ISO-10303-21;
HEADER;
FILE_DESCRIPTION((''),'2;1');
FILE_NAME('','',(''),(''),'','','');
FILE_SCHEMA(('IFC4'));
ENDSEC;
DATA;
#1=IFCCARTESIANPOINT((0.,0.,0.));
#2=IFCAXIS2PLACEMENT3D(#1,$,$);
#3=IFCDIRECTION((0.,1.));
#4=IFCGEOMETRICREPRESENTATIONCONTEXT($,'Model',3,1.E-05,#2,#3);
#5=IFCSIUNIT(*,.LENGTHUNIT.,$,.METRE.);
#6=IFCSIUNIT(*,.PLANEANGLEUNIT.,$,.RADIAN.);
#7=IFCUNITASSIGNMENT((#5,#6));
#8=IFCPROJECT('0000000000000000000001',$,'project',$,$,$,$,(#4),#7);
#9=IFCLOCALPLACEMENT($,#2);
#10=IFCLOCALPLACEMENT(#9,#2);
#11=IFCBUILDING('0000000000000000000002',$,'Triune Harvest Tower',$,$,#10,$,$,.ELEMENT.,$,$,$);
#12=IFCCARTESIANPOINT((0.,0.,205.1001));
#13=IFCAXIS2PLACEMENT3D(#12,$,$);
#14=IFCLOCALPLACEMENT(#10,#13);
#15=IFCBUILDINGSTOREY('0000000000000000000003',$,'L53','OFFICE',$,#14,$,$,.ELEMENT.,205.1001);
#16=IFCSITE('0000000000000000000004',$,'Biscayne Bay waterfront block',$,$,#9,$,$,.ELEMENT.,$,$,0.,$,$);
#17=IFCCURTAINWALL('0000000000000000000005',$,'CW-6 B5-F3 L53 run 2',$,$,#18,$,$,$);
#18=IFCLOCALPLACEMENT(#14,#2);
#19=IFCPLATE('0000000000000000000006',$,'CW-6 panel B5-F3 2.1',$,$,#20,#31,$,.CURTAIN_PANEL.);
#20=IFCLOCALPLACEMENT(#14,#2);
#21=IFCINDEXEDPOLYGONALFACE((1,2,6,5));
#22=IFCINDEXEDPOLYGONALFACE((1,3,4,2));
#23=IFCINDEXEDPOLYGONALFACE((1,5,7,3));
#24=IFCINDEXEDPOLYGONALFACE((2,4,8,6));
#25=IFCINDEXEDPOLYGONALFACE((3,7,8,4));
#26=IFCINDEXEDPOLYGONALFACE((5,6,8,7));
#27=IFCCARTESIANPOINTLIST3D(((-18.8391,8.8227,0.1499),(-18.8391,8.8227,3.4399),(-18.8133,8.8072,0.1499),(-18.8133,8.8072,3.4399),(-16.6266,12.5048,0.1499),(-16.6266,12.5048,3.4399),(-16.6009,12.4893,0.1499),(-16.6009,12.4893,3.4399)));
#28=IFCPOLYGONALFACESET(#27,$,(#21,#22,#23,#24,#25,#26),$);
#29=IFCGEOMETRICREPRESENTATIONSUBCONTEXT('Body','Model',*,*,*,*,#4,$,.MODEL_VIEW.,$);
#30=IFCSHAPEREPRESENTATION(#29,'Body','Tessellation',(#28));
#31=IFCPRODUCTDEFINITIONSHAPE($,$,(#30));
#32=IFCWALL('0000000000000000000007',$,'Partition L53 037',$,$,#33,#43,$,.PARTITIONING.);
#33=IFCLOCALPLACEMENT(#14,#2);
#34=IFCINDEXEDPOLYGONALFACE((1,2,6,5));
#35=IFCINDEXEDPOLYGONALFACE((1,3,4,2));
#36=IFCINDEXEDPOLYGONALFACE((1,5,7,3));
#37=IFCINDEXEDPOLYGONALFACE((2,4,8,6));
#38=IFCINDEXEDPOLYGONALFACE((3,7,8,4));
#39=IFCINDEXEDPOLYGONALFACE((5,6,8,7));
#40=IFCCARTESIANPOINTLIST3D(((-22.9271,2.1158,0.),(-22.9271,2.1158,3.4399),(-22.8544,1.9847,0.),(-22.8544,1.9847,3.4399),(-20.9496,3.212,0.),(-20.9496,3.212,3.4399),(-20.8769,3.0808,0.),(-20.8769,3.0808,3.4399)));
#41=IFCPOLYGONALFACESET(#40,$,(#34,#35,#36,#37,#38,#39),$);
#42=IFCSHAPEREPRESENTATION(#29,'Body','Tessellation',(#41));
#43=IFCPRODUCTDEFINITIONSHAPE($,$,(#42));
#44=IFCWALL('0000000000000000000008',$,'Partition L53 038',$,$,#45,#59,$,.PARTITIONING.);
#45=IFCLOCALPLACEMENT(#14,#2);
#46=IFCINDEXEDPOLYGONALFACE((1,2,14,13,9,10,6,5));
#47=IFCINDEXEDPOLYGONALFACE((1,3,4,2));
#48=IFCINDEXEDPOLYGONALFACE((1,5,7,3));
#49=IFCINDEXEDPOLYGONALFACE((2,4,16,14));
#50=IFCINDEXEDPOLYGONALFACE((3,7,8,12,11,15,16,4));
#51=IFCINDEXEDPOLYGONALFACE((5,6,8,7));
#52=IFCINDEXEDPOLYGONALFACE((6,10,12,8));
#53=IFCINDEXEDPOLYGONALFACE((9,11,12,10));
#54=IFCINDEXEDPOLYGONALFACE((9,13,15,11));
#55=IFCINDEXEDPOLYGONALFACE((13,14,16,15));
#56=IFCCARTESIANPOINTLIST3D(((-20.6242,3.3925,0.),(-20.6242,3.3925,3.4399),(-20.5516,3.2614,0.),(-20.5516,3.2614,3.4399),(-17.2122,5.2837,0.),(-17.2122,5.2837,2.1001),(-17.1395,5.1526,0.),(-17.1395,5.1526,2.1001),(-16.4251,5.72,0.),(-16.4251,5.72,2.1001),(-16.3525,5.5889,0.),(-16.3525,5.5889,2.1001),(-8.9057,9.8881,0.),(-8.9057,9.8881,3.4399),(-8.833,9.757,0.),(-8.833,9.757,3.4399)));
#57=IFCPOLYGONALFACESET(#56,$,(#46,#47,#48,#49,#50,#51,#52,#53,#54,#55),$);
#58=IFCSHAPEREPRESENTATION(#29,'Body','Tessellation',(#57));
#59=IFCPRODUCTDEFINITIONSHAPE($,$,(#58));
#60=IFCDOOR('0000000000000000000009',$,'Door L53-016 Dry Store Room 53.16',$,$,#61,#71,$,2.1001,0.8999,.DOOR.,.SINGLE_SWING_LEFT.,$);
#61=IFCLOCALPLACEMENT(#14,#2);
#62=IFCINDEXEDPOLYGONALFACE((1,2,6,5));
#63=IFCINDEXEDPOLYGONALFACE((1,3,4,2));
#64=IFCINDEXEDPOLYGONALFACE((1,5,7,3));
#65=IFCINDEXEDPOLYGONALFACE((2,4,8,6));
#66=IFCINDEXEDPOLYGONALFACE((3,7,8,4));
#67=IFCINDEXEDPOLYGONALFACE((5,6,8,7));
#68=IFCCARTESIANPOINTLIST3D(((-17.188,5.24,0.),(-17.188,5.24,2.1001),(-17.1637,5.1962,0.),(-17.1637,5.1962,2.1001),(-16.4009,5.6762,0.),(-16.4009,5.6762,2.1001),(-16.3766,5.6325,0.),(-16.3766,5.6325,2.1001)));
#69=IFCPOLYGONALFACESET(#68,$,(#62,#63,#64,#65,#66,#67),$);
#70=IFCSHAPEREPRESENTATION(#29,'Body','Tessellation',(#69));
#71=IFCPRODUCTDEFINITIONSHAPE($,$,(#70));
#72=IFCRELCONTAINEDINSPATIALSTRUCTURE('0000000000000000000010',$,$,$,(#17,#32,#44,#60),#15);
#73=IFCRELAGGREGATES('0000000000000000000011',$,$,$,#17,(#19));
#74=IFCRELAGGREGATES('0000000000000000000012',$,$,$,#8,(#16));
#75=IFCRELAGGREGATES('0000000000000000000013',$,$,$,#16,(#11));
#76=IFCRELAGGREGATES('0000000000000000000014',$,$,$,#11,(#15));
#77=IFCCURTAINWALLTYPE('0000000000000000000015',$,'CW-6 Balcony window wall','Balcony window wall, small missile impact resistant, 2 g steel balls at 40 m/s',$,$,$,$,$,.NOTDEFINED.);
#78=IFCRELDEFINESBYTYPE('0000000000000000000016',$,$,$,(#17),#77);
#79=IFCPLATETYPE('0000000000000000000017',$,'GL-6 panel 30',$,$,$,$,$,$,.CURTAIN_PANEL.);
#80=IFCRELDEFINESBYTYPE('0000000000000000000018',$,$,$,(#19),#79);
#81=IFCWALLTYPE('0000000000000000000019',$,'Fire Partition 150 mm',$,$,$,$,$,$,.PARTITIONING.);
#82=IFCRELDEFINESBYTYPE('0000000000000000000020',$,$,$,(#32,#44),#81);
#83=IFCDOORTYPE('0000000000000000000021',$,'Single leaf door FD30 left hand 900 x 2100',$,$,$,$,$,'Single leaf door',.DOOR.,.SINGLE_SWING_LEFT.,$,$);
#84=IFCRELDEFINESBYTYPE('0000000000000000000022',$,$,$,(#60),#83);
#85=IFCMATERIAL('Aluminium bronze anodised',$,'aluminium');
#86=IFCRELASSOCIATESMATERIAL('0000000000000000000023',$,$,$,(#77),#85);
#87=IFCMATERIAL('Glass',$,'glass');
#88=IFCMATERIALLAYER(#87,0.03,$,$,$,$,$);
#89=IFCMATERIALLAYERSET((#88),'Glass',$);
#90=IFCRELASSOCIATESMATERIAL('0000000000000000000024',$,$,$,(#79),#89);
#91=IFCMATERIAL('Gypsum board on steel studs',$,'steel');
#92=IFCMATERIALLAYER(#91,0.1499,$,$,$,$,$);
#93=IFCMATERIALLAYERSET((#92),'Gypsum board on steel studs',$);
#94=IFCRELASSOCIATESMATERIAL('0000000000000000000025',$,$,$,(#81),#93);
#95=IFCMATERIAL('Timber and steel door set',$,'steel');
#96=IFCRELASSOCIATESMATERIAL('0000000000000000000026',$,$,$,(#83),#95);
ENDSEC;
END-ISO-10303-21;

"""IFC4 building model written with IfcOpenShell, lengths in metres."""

from ifc_helpers import new_model, si_unit, direction, frame, frame_2d, origin, origin_2d, place, context, subcontext, project, spatial, rectangle, extrude, source, transform, mapped, material, layer, layer_set, type_object, element, fill, aggregate, save


model = new_model("IFC4")

# Units and contexts
model_context = context("Model", 3, precision=1e-05, world=origin(), true_north=direction((0.0, 1.0)))
body_context = subcontext(model_context, "Body", "Model", "MODEL_VIEW")
ifc_project = project(units=[si_unit("LENGTHUNIT", "METRE"), si_unit("PLANEANGLEUNIT", "RADIAN")], contexts=[model_context])

# Site, building, storey
site_placement = place(None, origin())
site = spatial("IfcSite", under=ifc_project, at=site_placement, Name="Biscayne Bay waterfront block", CompositionType="ELEMENT", RefElevation=0.0)
building_placement = place(site_placement, origin())
building = spatial("IfcBuilding", under=site, at=building_placement, Name="Triune Harvest Tower", CompositionType="ELEMENT")
storey_placement = place(building_placement, frame((0.0, 0.0, 205.1001)))
storey = spatial("IfcBuildingStorey", under=building, at=storey_placement, Name="L53", Description="OFFICE", CompositionType="ELEMENT", Elevation=205.1001)

# Curtain wall
ifc_material_1 = material(Name="Aluminium bronze anodised", Category="aluminium")
curtain_wall_type_1 = type_object("IfcCurtainWallType", Name="CW-6 Balcony window wall", Description="Balcony window wall, small missile impact resistant, 2 g steel balls at 40 m/s", PredefinedType="NOTDEFINED", material=ifc_material_1)
curtain_wall_1_placement = place(storey_placement, origin())
curtain_wall_1 = element("IfcCurtainWall", 1, at=curtain_wall_1_placement, inside=storey, type_object=curtain_wall_type_1, Name="CW-6 B5-F3 L53 run 2")

# Plate
ifc_material_2 = material(Name="Glass", Category="glass")
ifc_layer_1 = layer(ifc_material_2, 0.03)
ifc_layer_set_1 = layer_set([ifc_layer_1], Name="Glass")
plate_type_1 = type_object("IfcPlateType", Name="GL-6 panel 30", PredefinedType="CURTAIN_PANEL", material=ifc_layer_set_1)
shared_shape_1 = source(origin(), body_context, "Body", "SweptSolid", [
    extrude(rectangle(XDim=4.2957, YDim=0.03, at=origin_2d()), origin(), (0.0, 0.0, 1.0), 3.29),
])
plate_1_placement = place(storey_placement, frame((-17.72, 10.656, 0.1499), z_axis=(0.0, 0.0, 1.0), x_axis=(-0.515047, -0.857162, 0.0)))
plate_1 = element("IfcPlate", 2, at=plate_1_placement, type_object=plate_type_1, Name="CW-6 panel B5-F3 2.1", PredefinedType="CURTAIN_PANEL", context=body_context, shape_type="MappedRepresentation", body=[
    mapped(shared_shape_1, transform((0.0, 0.0, 0.0), scale=1.0)),
])
aggregate(curtain_wall_1, [plate_1])

# Wall
ifc_material_3 = material(Name="Gypsum board on steel studs", Category="steel")
ifc_layer_2 = layer(ifc_material_3, 0.1499)
ifc_layer_set_2 = layer_set([ifc_layer_2], Name="Gypsum board on steel studs")
wall_type_1 = type_object("IfcWallType", Name="Fire Partition 150 mm", PredefinedType="PARTITIONING", material=ifc_layer_set_2)
shared_shape_2 = source(origin(), body_context, "Body", "SweptSolid", [
    extrude(rectangle(XDim=2.261, YDim=0.1499, at=frame_2d((1.1304, 0.0))), origin(), (0.0, 0.0, 1.0), 3.4399),
])
wall_1_placement = place(storey_placement, frame((-22.8906, 2.0503, 0.0), z_axis=(0.0, 0.0, 1.0), x_axis=(0.874615, 0.484818, 0.0)))
element("IfcWall", 3, at=wall_1_placement, inside=storey, type_object=wall_type_1, Name="Partition L53 037", PredefinedType="PARTITIONING", context=body_context, shape_type="MappedRepresentation", body=[
    mapped(shared_shape_2, transform((0.0, 0.0, 0.0), scale=1.0)),
])

# Wall, opening, door
shared_shape_3 = source(origin(), body_context, "Body", "SweptSolid", [
    extrude(rectangle(XDim=13.3984, YDim=0.1499, at=frame_2d((6.6992, 0.0))), origin(), (0.0, 0.0, 1.0), 3.4399),
])
wall_2_placement = place(storey_placement, frame((-20.5879, 3.3269, 0.0), z_axis=(0.0, 0.0, 1.0), x_axis=(0.874622, 0.484806, 0.0)))
wall_2 = element("IfcWall", 4, at=wall_2_placement, inside=storey, type_object=wall_type_1, Name="Partition L53 038", PredefinedType="PARTITIONING", context=body_context, shape_type="MappedRepresentation", body=[
    mapped(shared_shape_3, transform((0.0, 0.0, 0.0), scale=1.0)),
])
opening_1_placement = place(wall_2_placement, frame((3.9011, 0.0, 0.0)))
opening_1 = element("IfcOpeningElement", 5, at=opening_1_placement, cuts=wall_2, PredefinedType="OPENING", context=body_context, shape_type="SweptSolid", body=[
    extrude(rectangle(XDim=0.8999, YDim=2.1001, at=frame_2d((0.45, 1.05))), frame((0.0, 0.085, 0.0), z_axis=(0.0, -1.0, 0.0), x_axis=(1.0, 0.0, 0.0)), (0.0, 0.0, 1.0), 0.1699),
])
ifc_material_4 = material(Name="Timber and steel door set", Category="steel")
door_type_1 = type_object("IfcDoorType", Name="Single leaf door FD30 left hand 900 x 2100", ElementType="Single leaf door", OperationType="SINGLE_SWING_LEFT", PredefinedType="DOOR", material=ifc_material_4)
door_1_placement = place(opening_1_placement, origin())
door_1 = element("IfcDoor", 6, at=door_1_placement, inside=storey, type_object=door_type_1, Name="Door L53-016 Dry Store Room 53.16", OperationType="SINGLE_SWING_LEFT", OverallHeight=2.1001, OverallWidth=0.8999, PredefinedType="DOOR", context=body_context, shape_type="SweptSolid", body=[
    extrude(rectangle(XDim=0.8999, YDim=2.1001, at=frame_2d((0.45, 1.05))), frame((0.0, 0.0249, 0.0), z_axis=(0.0, -1.0, 0.0), x_axis=(1.0, 0.0, 0.0)), (0.0, 0.0, 1.0), 0.05),
])
fill(opening_1, door_1)

save(model, "model.ifc")
